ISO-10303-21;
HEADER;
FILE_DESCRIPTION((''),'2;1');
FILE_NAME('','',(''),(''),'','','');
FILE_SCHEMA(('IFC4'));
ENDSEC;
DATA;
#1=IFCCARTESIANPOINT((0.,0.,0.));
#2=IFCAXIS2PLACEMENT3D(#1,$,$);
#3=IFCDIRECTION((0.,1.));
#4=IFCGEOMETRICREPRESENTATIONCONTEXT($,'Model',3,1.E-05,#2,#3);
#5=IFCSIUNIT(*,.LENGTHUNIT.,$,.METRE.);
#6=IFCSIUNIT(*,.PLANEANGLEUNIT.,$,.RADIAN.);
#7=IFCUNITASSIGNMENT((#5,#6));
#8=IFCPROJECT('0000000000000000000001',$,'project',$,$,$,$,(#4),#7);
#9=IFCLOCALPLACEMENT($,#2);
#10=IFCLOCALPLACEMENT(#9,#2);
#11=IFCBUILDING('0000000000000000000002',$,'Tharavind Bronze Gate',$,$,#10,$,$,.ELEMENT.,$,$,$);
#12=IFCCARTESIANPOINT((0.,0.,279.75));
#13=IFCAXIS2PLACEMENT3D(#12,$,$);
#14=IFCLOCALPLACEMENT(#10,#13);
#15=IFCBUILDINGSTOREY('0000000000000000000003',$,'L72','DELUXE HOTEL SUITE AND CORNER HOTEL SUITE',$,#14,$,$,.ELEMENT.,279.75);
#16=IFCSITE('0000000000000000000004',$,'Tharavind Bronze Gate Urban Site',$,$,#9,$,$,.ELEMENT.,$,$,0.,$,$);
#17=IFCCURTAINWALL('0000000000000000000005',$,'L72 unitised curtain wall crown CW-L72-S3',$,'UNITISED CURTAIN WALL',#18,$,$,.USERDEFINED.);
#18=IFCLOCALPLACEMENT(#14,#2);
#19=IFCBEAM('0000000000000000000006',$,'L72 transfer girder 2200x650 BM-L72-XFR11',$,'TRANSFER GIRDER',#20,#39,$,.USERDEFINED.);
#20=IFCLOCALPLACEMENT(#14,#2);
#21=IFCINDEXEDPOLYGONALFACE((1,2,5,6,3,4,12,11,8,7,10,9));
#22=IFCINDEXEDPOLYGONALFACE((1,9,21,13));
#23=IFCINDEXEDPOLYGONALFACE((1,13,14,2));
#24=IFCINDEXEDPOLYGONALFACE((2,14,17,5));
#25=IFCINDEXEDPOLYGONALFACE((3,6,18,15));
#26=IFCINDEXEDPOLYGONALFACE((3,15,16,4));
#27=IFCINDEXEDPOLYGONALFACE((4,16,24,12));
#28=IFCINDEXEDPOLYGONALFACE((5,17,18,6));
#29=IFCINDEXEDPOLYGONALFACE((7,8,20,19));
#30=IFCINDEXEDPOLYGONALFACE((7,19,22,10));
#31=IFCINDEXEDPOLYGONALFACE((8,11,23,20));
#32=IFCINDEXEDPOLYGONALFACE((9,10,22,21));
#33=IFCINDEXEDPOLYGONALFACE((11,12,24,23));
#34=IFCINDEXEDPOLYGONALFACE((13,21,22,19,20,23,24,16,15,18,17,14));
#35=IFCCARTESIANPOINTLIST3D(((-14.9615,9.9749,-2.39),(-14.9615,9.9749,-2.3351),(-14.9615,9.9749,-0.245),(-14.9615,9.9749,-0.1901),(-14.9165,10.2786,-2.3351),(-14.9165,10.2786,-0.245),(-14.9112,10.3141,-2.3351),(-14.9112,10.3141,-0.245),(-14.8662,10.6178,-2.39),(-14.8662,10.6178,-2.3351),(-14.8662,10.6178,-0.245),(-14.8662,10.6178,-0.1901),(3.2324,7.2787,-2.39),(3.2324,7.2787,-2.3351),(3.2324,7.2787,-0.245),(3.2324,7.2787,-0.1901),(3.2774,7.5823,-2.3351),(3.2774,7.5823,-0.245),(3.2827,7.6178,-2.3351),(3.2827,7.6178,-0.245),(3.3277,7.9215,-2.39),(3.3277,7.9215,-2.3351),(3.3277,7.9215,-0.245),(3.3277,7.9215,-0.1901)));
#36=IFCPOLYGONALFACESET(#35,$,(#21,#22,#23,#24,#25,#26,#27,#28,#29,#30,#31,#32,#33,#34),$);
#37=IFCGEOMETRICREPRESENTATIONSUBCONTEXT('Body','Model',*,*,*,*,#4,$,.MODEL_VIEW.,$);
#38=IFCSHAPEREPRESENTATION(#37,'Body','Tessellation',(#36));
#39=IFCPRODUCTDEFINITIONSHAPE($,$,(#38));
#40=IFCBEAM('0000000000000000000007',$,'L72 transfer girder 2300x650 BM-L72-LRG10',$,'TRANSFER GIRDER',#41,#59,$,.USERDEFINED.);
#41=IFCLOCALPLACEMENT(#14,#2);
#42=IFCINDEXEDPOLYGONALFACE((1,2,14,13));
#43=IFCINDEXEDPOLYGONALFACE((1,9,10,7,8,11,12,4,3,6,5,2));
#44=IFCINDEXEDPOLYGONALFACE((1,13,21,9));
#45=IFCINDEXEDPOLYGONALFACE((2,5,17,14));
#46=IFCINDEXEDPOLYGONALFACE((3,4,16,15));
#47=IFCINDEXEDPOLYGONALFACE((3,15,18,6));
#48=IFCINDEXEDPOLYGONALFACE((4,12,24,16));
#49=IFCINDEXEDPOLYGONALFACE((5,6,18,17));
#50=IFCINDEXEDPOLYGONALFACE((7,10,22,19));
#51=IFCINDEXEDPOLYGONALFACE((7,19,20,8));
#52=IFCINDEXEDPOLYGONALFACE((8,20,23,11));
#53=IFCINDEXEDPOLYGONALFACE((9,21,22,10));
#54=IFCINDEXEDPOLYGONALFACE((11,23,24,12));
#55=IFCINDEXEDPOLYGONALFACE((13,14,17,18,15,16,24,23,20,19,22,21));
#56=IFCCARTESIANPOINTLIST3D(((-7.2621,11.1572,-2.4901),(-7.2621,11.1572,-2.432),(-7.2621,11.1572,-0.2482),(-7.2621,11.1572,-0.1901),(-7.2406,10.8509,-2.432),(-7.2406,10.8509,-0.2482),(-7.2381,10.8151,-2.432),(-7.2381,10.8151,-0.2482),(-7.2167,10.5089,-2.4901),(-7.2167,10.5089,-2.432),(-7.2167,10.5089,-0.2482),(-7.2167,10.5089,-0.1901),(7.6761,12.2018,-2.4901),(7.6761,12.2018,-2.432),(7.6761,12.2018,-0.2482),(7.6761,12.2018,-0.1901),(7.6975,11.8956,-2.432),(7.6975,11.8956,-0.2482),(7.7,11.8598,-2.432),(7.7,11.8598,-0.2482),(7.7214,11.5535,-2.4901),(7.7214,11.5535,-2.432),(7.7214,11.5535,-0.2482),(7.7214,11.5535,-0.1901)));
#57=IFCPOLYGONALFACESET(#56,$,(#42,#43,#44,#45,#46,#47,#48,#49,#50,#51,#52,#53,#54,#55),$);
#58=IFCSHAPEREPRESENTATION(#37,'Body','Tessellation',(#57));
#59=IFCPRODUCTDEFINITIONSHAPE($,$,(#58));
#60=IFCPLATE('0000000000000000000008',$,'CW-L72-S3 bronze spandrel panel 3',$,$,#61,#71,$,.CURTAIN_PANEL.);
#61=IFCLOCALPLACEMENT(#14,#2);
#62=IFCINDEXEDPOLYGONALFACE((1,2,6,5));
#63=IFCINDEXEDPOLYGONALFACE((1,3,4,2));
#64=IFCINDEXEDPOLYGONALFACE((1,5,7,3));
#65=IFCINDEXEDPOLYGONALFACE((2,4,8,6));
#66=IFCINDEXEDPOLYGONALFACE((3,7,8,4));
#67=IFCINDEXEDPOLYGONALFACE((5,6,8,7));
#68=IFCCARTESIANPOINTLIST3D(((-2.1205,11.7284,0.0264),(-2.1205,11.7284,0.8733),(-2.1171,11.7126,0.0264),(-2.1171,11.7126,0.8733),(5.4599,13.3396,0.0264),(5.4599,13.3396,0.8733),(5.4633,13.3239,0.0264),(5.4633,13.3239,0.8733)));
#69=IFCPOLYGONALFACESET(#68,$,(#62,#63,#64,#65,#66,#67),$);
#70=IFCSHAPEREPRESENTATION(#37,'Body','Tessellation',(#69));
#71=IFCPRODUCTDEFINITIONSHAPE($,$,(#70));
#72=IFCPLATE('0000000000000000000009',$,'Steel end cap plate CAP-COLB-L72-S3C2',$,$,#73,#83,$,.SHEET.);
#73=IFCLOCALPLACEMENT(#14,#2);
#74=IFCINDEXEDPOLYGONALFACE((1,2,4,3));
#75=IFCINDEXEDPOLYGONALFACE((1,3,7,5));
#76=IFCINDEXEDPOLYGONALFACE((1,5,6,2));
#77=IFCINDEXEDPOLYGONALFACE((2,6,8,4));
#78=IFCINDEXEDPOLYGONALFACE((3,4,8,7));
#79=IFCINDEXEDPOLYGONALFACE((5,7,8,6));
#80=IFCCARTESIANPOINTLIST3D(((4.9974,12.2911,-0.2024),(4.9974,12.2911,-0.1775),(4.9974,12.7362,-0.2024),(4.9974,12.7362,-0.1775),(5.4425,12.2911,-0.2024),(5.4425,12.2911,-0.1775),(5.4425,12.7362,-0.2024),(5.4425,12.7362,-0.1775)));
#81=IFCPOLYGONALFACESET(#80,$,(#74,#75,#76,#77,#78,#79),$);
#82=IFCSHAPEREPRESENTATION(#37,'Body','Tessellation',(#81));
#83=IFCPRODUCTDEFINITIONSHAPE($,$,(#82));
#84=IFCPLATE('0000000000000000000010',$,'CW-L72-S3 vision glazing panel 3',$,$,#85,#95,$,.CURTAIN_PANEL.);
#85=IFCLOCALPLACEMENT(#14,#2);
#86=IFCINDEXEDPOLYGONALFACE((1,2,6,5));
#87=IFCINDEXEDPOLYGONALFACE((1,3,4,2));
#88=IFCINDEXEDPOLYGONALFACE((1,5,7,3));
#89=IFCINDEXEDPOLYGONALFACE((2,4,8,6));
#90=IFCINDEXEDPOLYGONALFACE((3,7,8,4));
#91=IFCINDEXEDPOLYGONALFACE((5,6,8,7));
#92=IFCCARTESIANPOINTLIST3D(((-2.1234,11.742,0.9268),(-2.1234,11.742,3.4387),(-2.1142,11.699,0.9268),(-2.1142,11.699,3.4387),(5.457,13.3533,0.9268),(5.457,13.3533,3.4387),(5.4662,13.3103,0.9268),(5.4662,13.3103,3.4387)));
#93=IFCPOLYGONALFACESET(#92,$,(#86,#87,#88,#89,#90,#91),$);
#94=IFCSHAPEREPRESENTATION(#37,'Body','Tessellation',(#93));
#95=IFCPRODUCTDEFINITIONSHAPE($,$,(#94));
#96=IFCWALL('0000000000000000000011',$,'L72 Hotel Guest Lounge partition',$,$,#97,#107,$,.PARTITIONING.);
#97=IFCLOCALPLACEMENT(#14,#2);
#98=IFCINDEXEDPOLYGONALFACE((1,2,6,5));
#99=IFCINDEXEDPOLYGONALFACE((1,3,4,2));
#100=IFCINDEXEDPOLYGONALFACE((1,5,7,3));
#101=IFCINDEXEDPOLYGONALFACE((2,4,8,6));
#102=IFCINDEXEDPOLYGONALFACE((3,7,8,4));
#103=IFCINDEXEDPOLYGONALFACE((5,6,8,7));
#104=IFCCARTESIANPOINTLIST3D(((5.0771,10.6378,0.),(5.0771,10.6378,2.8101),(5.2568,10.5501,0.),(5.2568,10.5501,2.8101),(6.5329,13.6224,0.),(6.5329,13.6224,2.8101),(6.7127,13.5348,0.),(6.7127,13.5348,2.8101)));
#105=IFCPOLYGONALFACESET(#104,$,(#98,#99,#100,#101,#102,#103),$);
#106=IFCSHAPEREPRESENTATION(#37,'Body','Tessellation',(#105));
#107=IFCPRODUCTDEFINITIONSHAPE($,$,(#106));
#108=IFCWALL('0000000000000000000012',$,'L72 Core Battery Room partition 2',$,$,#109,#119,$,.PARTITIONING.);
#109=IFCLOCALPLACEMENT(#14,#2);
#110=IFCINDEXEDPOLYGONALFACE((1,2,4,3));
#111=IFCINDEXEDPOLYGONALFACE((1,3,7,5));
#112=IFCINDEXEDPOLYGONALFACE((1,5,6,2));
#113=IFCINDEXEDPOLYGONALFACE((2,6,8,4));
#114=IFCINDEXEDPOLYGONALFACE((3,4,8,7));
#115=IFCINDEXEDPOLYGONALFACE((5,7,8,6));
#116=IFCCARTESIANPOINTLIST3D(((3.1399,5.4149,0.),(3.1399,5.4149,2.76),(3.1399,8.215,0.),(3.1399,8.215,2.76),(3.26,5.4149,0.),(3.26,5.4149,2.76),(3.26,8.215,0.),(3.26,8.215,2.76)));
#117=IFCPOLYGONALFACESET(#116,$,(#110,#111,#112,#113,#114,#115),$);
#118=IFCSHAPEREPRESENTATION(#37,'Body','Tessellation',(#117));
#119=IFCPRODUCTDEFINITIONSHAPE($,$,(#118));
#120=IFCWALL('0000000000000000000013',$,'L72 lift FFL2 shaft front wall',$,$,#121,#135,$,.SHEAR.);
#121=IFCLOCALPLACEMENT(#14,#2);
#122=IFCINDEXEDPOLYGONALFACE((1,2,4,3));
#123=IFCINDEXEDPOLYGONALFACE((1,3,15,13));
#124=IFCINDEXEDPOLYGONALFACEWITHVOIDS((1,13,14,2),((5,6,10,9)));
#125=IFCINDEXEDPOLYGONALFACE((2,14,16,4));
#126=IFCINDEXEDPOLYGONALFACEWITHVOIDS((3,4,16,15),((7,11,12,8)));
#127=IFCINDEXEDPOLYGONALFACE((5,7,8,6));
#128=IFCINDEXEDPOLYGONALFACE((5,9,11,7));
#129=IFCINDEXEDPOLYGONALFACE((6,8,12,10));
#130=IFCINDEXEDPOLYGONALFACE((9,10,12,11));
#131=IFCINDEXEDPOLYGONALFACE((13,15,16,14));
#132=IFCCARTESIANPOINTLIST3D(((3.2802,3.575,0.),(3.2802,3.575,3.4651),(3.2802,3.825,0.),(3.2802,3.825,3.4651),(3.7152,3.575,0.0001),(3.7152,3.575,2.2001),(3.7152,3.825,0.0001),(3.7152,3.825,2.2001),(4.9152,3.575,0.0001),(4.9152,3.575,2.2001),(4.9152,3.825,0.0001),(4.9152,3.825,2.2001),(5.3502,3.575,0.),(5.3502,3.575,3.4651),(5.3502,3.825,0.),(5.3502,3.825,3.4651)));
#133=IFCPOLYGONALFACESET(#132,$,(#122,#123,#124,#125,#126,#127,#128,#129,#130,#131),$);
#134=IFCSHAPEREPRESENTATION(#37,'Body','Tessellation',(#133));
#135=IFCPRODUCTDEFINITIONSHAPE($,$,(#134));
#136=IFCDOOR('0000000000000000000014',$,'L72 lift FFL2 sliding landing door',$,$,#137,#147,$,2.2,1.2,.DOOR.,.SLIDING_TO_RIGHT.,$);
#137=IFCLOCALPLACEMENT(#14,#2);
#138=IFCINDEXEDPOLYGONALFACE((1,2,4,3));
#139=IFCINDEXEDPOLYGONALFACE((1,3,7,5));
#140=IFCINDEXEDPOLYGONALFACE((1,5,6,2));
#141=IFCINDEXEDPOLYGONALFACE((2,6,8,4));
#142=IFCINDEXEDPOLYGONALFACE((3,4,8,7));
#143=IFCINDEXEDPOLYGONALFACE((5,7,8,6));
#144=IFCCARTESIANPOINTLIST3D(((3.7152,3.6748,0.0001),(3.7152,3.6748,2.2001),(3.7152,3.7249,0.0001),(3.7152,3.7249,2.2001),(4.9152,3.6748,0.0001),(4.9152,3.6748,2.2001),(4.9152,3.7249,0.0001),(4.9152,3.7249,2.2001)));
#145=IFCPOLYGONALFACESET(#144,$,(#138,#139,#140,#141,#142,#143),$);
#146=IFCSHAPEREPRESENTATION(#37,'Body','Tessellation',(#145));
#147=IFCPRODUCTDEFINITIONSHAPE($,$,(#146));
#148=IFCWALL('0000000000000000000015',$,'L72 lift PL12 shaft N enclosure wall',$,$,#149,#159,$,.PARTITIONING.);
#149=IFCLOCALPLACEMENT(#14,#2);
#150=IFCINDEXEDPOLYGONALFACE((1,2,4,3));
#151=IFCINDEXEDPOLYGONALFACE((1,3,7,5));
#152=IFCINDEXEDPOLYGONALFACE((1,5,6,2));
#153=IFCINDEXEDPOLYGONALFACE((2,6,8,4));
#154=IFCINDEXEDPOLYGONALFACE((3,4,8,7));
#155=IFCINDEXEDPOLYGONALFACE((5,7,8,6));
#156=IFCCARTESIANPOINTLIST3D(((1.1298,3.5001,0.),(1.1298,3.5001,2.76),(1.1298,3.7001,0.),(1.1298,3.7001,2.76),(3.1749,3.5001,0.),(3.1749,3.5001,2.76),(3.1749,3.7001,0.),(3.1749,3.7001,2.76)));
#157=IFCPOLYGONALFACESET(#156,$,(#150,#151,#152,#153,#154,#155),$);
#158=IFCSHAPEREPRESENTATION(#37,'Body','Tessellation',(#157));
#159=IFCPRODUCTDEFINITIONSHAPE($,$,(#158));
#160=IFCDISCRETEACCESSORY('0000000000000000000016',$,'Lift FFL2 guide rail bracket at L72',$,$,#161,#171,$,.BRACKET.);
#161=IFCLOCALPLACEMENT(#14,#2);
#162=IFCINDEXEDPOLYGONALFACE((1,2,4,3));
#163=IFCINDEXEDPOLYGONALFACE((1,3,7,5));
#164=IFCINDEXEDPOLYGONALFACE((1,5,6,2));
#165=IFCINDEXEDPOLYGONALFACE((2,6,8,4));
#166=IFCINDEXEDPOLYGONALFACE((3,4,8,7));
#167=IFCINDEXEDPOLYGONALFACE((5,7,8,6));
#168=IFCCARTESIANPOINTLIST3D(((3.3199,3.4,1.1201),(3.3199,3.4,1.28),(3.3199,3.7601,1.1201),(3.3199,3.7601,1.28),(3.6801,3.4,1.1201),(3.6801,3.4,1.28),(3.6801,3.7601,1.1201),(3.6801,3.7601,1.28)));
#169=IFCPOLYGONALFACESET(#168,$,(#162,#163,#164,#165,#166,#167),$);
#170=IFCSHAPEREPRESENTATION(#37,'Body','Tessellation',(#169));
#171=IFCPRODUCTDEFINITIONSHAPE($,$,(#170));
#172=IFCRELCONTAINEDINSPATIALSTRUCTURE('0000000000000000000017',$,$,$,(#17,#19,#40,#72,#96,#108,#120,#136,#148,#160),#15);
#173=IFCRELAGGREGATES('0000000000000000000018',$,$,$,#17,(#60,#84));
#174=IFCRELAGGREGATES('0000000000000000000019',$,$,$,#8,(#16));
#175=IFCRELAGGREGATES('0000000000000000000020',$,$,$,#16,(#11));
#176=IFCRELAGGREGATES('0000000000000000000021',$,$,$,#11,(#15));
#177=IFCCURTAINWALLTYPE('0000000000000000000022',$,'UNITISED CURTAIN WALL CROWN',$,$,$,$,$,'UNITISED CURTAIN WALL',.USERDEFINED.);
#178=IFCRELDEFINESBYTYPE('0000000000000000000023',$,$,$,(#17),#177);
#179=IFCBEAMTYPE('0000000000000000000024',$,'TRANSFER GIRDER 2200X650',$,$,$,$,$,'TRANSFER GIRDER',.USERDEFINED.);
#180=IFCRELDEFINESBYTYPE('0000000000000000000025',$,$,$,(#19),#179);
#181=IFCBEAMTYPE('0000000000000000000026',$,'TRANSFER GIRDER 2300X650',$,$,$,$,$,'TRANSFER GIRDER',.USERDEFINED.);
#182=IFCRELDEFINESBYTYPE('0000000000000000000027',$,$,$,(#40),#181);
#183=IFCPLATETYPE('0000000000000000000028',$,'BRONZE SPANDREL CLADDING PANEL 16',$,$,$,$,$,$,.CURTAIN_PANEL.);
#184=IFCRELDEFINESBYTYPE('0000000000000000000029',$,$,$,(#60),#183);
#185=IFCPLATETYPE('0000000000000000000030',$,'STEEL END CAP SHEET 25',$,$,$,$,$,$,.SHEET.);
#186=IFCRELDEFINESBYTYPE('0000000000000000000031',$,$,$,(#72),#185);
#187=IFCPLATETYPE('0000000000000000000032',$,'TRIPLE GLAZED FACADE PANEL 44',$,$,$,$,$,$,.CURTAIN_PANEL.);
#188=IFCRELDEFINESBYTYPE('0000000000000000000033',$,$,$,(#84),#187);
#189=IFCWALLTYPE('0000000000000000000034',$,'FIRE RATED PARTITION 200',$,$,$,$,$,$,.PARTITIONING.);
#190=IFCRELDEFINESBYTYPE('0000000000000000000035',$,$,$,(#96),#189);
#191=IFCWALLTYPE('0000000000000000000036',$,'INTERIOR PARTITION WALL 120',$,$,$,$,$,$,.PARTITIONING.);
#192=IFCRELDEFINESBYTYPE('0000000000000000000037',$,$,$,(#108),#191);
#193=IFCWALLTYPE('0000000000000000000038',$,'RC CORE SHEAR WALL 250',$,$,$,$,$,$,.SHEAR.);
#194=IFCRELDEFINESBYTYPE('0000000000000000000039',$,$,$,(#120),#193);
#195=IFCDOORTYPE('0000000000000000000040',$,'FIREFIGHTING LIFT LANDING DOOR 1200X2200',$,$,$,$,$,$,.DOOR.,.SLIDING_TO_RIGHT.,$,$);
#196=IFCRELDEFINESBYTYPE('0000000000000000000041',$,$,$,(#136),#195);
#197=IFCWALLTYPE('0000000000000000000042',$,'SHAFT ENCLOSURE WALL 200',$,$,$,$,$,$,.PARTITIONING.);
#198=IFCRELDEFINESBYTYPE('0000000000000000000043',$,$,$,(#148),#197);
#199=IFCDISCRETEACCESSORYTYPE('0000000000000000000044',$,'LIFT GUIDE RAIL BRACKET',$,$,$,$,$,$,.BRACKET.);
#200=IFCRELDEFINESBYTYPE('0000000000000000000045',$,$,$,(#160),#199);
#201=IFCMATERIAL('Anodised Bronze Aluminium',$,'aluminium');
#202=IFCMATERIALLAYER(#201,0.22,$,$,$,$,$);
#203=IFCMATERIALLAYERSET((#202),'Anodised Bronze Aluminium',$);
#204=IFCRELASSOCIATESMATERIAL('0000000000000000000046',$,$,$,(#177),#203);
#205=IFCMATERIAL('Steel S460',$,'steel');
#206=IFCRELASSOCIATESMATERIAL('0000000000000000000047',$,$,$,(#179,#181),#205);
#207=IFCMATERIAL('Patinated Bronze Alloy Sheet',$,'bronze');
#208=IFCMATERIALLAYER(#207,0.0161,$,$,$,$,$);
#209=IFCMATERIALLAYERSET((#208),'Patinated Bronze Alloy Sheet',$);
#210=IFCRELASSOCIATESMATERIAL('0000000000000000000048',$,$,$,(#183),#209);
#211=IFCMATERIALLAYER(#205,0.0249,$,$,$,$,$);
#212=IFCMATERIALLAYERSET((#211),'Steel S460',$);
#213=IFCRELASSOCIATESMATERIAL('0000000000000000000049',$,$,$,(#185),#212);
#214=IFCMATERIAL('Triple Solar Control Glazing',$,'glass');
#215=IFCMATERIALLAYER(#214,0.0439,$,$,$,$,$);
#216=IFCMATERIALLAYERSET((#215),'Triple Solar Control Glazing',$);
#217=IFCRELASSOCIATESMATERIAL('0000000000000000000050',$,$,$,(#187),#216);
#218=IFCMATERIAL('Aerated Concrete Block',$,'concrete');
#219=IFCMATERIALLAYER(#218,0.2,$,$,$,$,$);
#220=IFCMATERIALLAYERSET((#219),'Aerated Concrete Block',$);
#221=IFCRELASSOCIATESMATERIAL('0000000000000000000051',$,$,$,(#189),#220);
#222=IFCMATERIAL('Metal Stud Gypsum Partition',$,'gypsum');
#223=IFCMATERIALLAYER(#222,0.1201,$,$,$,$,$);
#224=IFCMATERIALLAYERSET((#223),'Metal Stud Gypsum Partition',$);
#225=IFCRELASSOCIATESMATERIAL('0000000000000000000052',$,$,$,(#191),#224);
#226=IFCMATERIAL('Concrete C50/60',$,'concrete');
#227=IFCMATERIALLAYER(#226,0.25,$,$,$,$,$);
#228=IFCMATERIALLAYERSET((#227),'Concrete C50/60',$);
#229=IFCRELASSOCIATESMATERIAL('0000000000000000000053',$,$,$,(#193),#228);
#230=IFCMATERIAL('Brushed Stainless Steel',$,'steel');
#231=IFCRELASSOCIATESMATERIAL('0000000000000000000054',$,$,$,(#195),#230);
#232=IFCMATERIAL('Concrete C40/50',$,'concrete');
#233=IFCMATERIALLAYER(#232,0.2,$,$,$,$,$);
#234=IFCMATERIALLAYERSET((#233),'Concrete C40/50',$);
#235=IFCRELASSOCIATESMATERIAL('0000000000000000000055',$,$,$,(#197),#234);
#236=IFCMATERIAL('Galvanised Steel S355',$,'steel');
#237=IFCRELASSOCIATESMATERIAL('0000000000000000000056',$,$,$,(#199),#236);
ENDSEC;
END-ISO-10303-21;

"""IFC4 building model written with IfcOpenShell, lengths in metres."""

from ifc_helpers import new_model, si_unit, direction, frame, frame_2d, origin, origin_2d, place, context, subcontext, project, spatial, rectangle, i_section, extrude, material, layer, layer_set, material_profile, profile_set, type_object, element, fill, aggregate, save


model = new_model("IFC4")

# Units and contexts
model_context = context("Model", 3, precision=1e-05, world=origin(), true_north=direction((0.0, 1.0)))
body_context = subcontext(model_context, "Body", "Model", "MODEL_VIEW")
ifc_project = project(units=[si_unit("LENGTHUNIT", "METRE"), si_unit("PLANEANGLEUNIT", "RADIAN")], contexts=[model_context])

# Site, building, storey
site_placement = place(None, origin())
site = spatial("IfcSite", under=ifc_project, at=site_placement, Name="Tharavind Bronze Gate Urban Site", CompositionType="ELEMENT", RefElevation=0.0)
building_placement = place(site_placement, origin())
building = spatial("IfcBuilding", under=site, at=building_placement, Name="Tharavind Bronze Gate", CompositionType="ELEMENT")
storey_placement = place(building_placement, frame((0.0, 0.0, 279.75)))
storey = spatial("IfcBuildingStorey", under=building, at=storey_placement, Name="L72", Description="DELUXE HOTEL SUITE AND CORNER HOTEL SUITE", CompositionType="ELEMENT", Elevation=279.75)

# Shared definitions
ifc_material_1 = material(Name="Concrete C50/60", Category="concrete")
ifc_material_2 = material(Name="Steel S460", Category="steel")

# Curtain wall
ifc_material_3 = material(Name="Anodised Bronze Aluminium", Category="aluminium")
ifc_layer_1 = layer(ifc_material_3, 0.22)
ifc_layer_set_1 = layer_set([ifc_layer_1], Name="Anodised Bronze Aluminium")
curtain_wall_type = type_object("IfcCurtainWallType", Name="UNITISED CURTAIN WALL CROWN", ElementType="UNITISED CURTAIN WALL", PredefinedType="USERDEFINED", material=ifc_layer_set_1)
curtain_wall_placement = place(storey_placement, origin())
curtain_wall = element("IfcCurtainWall", 1, at=curtain_wall_placement, inside=storey, type_object=curtain_wall_type, Name="L72 unitised curtain wall crown CW-L72-S3", ObjectType="UNITISED CURTAIN WALL", PredefinedType="USERDEFINED")

# Beams
ifc_material_profile_1 = material_profile(ifc_material_2, i_section(OverallWidth=0.6499, OverallDepth=2.2, WebThickness=0.0359, FlangeThickness=0.0549, at=origin_2d()), Name="PG2200X650")
ifc_profile_set_1 = profile_set([ifc_material_profile_1], Name="Steel S460")
beam_type_1 = type_object("IfcBeamType", Name="TRANSFER GIRDER 2200X650", ElementType="TRANSFER GIRDER", PredefinedType="USERDEFINED", material=ifc_profile_set_1)
beam_1_placement = place(storey_placement, frame((3.28, 7.6001, -1.29), z_axis=(-0.989196, 0.146597, 0.0), x_axis=(-0.146597, -0.989196, 0.0)))
element("IfcBeam", 2, at=beam_1_placement, inside=storey, type_object=beam_type_1, Name="L72 transfer girder 2200x650 BM-L72-XFR11", ObjectType="TRANSFER GIRDER", PredefinedType="USERDEFINED", context=body_context, shape_type="SweptSolid", body=[
    extrude(i_section(OverallWidth=0.6499, OverallDepth=2.2, WebThickness=0.0359, FlangeThickness=0.0549, at=origin_2d()), origin(), (0.0, 0.0, 1.0), 18.3926),
])
ifc_material_profile_2 = material_profile(ifc_material_2, i_section(OverallWidth=0.6499, OverallDepth=2.3, WebThickness=0.0359, FlangeThickness=0.0581, at=origin_2d()), Name="PG2300X650")
ifc_profile_set_2 = profile_set([ifc_material_profile_2], Name="Steel S460")
beam_type_2 = type_object("IfcBeamType", Name="TRANSFER GIRDER 2300X650", ElementType="TRANSFER GIRDER", PredefinedType="USERDEFINED", material=ifc_profile_set_2)
beam_2_placement = place(storey_placement, frame((7.6987, 11.8777, -1.3401), z_axis=(-0.997564, -0.069763, 0.0), x_axis=(0.069763, -0.997564, 0.0)))
element("IfcBeam", 3, at=beam_2_placement, inside=storey, type_object=beam_type_2, Name="L72 transfer girder 2300x650 BM-L72-LRG10", ObjectType="TRANSFER GIRDER", PredefinedType="USERDEFINED", context=body_context, shape_type="SweptSolid", body=[
    extrude(i_section(OverallWidth=0.6499, OverallDepth=2.3, WebThickness=0.0359, FlangeThickness=0.0581, at=origin_2d()), origin(), (0.0, 0.0, 1.0), 14.9746),
])

# Plates
ifc_material_4 = material(Name="Patinated Bronze Alloy Sheet", Category="bronze")
ifc_layer_2 = layer(ifc_material_4, 0.0161)
ifc_layer_set_2 = layer_set([ifc_layer_2], Name="Patinated Bronze Alloy Sheet")
plate_type_1 = type_object("IfcPlateType", Name="BRONZE SPANDREL CLADDING PANEL 16", PredefinedType="CURTAIN_PANEL", material=ifc_layer_set_2)
plate_1_placement = place(storey_placement, frame((1.6714, 12.5261, 0.0264), z_axis=(0.0, 0.0, 1.0), x_axis=(-0.978147, -0.207913, 0.0)))
plate_1 = element("IfcPlate", 4, at=plate_1_placement, type_object=plate_type_1, Name="CW-L72-S3 bronze spandrel panel 3", PredefinedType="CURTAIN_PANEL", context=body_context, shape_type="SweptSolid", body=[
    extrude(rectangle(XDim=7.7498, YDim=0.0161, at=origin_2d()), origin(), (0.0, 0.0, 1.0), 0.8469),
])
ifc_layer_3 = layer(ifc_material_2, 0.0249)
ifc_layer_set_3 = layer_set([ifc_layer_3], Name="Steel S460")
plate_type_2 = type_object("IfcPlateType", Name="STEEL END CAP SHEET 25", PredefinedType="SHEET", material=ifc_layer_set_3)
plate_2_placement = place(storey_placement, frame((5.22, 12.5137, -0.2024), z_axis=(0.0, 0.0, 1.0), x_axis=(1.0, 0.0, 0.0)))
element("IfcPlate", 5, at=plate_2_placement, inside=storey, type_object=plate_type_2, Name="Steel end cap plate CAP-COLB-L72-S3C2", PredefinedType="SHEET", context=body_context, shape_type="SweptSolid", body=[
    extrude(rectangle(XDim=0.4451, YDim=0.4451, at=origin_2d()), origin(), (0.0, 0.0, 1.0), 0.0249),
])
ifc_material_5 = material(Name="Triple Solar Control Glazing", Category="glass")
ifc_layer_4 = layer(ifc_material_5, 0.0439)
ifc_layer_set_4 = layer_set([ifc_layer_4], Name="Triple Solar Control Glazing")
plate_type_3 = type_object("IfcPlateType", Name="TRIPLE GLAZED FACADE PANEL 44", PredefinedType="CURTAIN_PANEL", material=ifc_layer_set_4)
plate_3_placement = place(storey_placement, frame((1.6714, 12.5261, 0.9268), z_axis=(0.0, 0.0, 1.0), x_axis=(-0.978147, -0.207913, 0.0)))
plate_3 = element("IfcPlate", 6, at=plate_3_placement, type_object=plate_type_3, Name="CW-L72-S3 vision glazing panel 3", PredefinedType="CURTAIN_PANEL", context=body_context, shape_type="SweptSolid", body=[
    extrude(rectangle(XDim=7.7498, YDim=0.0439, at=origin_2d()), origin(), (0.0, 0.0, 1.0), 2.512),
])
aggregate(curtain_wall, [plate_1, plate_3])

# Wall
ifc_material_6 = material(Name="Aerated Concrete Block", Category="concrete")
ifc_layer_5 = layer(ifc_material_6, 0.2)
ifc_layer_set_5 = layer_set([ifc_layer_5], Name="Aerated Concrete Block")
wall_type_1 = type_object("IfcWallType", Name="FIRE RATED PARTITION 200", PredefinedType="PARTITIONING", material=ifc_layer_set_5)
wall_1_placement = place(storey_placement, frame((6.6228, 13.5786, 0.0), z_axis=(0.0, 0.0, 1.0), x_axis=(-0.438399, -0.89878, 0.0)))
element("IfcWall", 7, at=wall_1_placement, inside=storey, type_object=wall_type_1, Name="L72 Hotel Guest Lounge partition", PredefinedType="PARTITIONING", context=body_context, shape_type="SweptSolid", body=[
    extrude(rectangle(XDim=3.3208, YDim=0.2, at=frame_2d((1.6604, 0.0))), origin(), (0.0, 0.0, 1.0), 2.8101),
])

# Wall
ifc_material_7 = material(Name="Metal Stud Gypsum Partition", Category="gypsum")
ifc_layer_6 = layer(ifc_material_7, 0.1201)
ifc_layer_set_6 = layer_set([ifc_layer_6], Name="Metal Stud Gypsum Partition")
wall_type_2 = type_object("IfcWallType", Name="INTERIOR PARTITION WALL 120", PredefinedType="PARTITIONING", material=ifc_layer_set_6)
wall_2_placement = place(storey_placement, frame((3.2, 5.415, 0.0), z_axis=(0.0, 0.0, 1.0), x_axis=(0.0, 1.0, 0.0)))
element("IfcWall", 8, at=wall_2_placement, inside=storey, type_object=wall_type_2, Name="L72 Core Battery Room partition 2", PredefinedType="PARTITIONING", context=body_context, shape_type="SweptSolid", body=[
    extrude(rectangle(XDim=2.8, YDim=0.1201, at=frame_2d((1.3999, 0.0))), origin(), (0.0, 0.0, 1.0), 2.76),
])

# Wall, opening, door
ifc_layer_7 = layer(ifc_material_1, 0.25)
ifc_layer_set_7 = layer_set([ifc_layer_7], Name="Concrete C50/60")
wall_type_3 = type_object("IfcWallType", Name="RC CORE SHEAR WALL 250", PredefinedType="SHEAR", material=ifc_layer_set_7)
wall_3_placement = place(storey_placement, frame((3.28, 3.7, 0.0), z_axis=(0.0, 0.0, 1.0), x_axis=(1.0, 0.0, 0.0)))
wall_3 = element("IfcWall", 9, at=wall_3_placement, inside=storey, type_object=wall_type_3, Name="L72 lift FFL2 shaft front wall", PredefinedType="SHEAR", context=body_context, shape_type="SweptSolid", body=[
    extrude(rectangle(XDim=2.0701, YDim=0.25, at=frame_2d((1.0352, 0.0))), origin(), (0.0, 0.0, 1.0), 3.4651),
])
opening_1_placement = place(wall_3_placement, frame((0.4351, 0.0, 0.0)))
opening_1 = element("IfcOpeningElement", 10, at=opening_1_placement, cuts=wall_3, PredefinedType="OPENING", context=body_context, shape_type="SweptSolid", body=[
    extrude(rectangle(XDim=1.2, YDim=2.2, at=frame_2d((0.6001, 1.1001))), frame((0.0, 0.135, 0.0), z_axis=(0.0, -1.0, 0.0), x_axis=(1.0, 0.0, 0.0)), (0.0, 0.0, 1.0), 0.27),
])
ifc_material_8 = material(Name="Brushed Stainless Steel", Category="steel")
door_type_1 = type_object("IfcDoorType", Name="FIREFIGHTING LIFT LANDING DOOR 1200X2200", OperationType="SLIDING_TO_RIGHT", PredefinedType="DOOR", material=ifc_material_8)
door_1_placement = place(opening_1_placement, origin())
door_1 = element("IfcDoor", 11, at=door_1_placement, inside=storey, type_object=door_type_1, Name="L72 lift FFL2 sliding landing door", OperationType="SLIDING_TO_RIGHT", OverallHeight=2.2, OverallWidth=1.2, PredefinedType="DOOR", context=body_context, shape_type="SweptSolid", body=[
    extrude(rectangle(XDim=1.2, YDim=2.2, at=frame_2d((0.6001, 1.1001))), frame((0.0, 0.0249, 0.0), z_axis=(0.0, -1.0, 0.0), x_axis=(1.0, 0.0, 0.0)), (0.0, 0.0, 1.0), 0.05),
])
fill(opening_1, door_1)

# Wall
ifc_material_9 = material(Name="Concrete C40/50", Category="concrete")
ifc_layer_8 = layer(ifc_material_9, 0.2)
ifc_layer_set_8 = layer_set([ifc_layer_8], Name="Concrete C40/50")
wall_type_4 = type_object("IfcWallType", Name="SHAFT ENCLOSURE WALL 200", PredefinedType="PARTITIONING", material=ifc_layer_set_8)
wall_4_placement = place(storey_placement, frame((1.1299, 3.6001, 0.0), z_axis=(0.0, 0.0, 1.0), x_axis=(1.0, 0.0, 0.0)))
element("IfcWall", 12, at=wall_4_placement, inside=storey, type_object=wall_type_4, Name="L72 lift PL12 shaft N enclosure wall", PredefinedType="PARTITIONING", context=body_context, shape_type="SweptSolid", body=[
    extrude(rectangle(XDim=2.0452, YDim=0.2, at=frame_2d((1.0225, 0.0))), origin(), (0.0, 0.0, 1.0), 2.76),
])

# Discrete accessory
ifc_material_10 = material(Name="Galvanised Steel S355", Category="steel")
discrete_accessory_type = type_object("IfcDiscreteAccessoryType", Name="LIFT GUIDE RAIL BRACKET", PredefinedType="BRACKET", material=ifc_material_10)
discrete_accessory_placement = place(storey_placement, frame((3.5, 3.5801, 1.1201), z_axis=(0.0, 0.0, 1.0), x_axis=(1.0, 0.0, 0.0)))
element("IfcDiscreteAccessory", 13, at=discrete_accessory_placement, inside=storey, type_object=discrete_accessory_type, Name="Lift FFL2 guide rail bracket at L72", PredefinedType="BRACKET", context=body_context, shape_type="SweptSolid", body=[
    extrude(rectangle(XDim=0.3601, YDim=0.3601, at=origin_2d()), origin(), (0.0, 0.0, 1.0), 0.1599),
])

save(model, "model.ifc")
